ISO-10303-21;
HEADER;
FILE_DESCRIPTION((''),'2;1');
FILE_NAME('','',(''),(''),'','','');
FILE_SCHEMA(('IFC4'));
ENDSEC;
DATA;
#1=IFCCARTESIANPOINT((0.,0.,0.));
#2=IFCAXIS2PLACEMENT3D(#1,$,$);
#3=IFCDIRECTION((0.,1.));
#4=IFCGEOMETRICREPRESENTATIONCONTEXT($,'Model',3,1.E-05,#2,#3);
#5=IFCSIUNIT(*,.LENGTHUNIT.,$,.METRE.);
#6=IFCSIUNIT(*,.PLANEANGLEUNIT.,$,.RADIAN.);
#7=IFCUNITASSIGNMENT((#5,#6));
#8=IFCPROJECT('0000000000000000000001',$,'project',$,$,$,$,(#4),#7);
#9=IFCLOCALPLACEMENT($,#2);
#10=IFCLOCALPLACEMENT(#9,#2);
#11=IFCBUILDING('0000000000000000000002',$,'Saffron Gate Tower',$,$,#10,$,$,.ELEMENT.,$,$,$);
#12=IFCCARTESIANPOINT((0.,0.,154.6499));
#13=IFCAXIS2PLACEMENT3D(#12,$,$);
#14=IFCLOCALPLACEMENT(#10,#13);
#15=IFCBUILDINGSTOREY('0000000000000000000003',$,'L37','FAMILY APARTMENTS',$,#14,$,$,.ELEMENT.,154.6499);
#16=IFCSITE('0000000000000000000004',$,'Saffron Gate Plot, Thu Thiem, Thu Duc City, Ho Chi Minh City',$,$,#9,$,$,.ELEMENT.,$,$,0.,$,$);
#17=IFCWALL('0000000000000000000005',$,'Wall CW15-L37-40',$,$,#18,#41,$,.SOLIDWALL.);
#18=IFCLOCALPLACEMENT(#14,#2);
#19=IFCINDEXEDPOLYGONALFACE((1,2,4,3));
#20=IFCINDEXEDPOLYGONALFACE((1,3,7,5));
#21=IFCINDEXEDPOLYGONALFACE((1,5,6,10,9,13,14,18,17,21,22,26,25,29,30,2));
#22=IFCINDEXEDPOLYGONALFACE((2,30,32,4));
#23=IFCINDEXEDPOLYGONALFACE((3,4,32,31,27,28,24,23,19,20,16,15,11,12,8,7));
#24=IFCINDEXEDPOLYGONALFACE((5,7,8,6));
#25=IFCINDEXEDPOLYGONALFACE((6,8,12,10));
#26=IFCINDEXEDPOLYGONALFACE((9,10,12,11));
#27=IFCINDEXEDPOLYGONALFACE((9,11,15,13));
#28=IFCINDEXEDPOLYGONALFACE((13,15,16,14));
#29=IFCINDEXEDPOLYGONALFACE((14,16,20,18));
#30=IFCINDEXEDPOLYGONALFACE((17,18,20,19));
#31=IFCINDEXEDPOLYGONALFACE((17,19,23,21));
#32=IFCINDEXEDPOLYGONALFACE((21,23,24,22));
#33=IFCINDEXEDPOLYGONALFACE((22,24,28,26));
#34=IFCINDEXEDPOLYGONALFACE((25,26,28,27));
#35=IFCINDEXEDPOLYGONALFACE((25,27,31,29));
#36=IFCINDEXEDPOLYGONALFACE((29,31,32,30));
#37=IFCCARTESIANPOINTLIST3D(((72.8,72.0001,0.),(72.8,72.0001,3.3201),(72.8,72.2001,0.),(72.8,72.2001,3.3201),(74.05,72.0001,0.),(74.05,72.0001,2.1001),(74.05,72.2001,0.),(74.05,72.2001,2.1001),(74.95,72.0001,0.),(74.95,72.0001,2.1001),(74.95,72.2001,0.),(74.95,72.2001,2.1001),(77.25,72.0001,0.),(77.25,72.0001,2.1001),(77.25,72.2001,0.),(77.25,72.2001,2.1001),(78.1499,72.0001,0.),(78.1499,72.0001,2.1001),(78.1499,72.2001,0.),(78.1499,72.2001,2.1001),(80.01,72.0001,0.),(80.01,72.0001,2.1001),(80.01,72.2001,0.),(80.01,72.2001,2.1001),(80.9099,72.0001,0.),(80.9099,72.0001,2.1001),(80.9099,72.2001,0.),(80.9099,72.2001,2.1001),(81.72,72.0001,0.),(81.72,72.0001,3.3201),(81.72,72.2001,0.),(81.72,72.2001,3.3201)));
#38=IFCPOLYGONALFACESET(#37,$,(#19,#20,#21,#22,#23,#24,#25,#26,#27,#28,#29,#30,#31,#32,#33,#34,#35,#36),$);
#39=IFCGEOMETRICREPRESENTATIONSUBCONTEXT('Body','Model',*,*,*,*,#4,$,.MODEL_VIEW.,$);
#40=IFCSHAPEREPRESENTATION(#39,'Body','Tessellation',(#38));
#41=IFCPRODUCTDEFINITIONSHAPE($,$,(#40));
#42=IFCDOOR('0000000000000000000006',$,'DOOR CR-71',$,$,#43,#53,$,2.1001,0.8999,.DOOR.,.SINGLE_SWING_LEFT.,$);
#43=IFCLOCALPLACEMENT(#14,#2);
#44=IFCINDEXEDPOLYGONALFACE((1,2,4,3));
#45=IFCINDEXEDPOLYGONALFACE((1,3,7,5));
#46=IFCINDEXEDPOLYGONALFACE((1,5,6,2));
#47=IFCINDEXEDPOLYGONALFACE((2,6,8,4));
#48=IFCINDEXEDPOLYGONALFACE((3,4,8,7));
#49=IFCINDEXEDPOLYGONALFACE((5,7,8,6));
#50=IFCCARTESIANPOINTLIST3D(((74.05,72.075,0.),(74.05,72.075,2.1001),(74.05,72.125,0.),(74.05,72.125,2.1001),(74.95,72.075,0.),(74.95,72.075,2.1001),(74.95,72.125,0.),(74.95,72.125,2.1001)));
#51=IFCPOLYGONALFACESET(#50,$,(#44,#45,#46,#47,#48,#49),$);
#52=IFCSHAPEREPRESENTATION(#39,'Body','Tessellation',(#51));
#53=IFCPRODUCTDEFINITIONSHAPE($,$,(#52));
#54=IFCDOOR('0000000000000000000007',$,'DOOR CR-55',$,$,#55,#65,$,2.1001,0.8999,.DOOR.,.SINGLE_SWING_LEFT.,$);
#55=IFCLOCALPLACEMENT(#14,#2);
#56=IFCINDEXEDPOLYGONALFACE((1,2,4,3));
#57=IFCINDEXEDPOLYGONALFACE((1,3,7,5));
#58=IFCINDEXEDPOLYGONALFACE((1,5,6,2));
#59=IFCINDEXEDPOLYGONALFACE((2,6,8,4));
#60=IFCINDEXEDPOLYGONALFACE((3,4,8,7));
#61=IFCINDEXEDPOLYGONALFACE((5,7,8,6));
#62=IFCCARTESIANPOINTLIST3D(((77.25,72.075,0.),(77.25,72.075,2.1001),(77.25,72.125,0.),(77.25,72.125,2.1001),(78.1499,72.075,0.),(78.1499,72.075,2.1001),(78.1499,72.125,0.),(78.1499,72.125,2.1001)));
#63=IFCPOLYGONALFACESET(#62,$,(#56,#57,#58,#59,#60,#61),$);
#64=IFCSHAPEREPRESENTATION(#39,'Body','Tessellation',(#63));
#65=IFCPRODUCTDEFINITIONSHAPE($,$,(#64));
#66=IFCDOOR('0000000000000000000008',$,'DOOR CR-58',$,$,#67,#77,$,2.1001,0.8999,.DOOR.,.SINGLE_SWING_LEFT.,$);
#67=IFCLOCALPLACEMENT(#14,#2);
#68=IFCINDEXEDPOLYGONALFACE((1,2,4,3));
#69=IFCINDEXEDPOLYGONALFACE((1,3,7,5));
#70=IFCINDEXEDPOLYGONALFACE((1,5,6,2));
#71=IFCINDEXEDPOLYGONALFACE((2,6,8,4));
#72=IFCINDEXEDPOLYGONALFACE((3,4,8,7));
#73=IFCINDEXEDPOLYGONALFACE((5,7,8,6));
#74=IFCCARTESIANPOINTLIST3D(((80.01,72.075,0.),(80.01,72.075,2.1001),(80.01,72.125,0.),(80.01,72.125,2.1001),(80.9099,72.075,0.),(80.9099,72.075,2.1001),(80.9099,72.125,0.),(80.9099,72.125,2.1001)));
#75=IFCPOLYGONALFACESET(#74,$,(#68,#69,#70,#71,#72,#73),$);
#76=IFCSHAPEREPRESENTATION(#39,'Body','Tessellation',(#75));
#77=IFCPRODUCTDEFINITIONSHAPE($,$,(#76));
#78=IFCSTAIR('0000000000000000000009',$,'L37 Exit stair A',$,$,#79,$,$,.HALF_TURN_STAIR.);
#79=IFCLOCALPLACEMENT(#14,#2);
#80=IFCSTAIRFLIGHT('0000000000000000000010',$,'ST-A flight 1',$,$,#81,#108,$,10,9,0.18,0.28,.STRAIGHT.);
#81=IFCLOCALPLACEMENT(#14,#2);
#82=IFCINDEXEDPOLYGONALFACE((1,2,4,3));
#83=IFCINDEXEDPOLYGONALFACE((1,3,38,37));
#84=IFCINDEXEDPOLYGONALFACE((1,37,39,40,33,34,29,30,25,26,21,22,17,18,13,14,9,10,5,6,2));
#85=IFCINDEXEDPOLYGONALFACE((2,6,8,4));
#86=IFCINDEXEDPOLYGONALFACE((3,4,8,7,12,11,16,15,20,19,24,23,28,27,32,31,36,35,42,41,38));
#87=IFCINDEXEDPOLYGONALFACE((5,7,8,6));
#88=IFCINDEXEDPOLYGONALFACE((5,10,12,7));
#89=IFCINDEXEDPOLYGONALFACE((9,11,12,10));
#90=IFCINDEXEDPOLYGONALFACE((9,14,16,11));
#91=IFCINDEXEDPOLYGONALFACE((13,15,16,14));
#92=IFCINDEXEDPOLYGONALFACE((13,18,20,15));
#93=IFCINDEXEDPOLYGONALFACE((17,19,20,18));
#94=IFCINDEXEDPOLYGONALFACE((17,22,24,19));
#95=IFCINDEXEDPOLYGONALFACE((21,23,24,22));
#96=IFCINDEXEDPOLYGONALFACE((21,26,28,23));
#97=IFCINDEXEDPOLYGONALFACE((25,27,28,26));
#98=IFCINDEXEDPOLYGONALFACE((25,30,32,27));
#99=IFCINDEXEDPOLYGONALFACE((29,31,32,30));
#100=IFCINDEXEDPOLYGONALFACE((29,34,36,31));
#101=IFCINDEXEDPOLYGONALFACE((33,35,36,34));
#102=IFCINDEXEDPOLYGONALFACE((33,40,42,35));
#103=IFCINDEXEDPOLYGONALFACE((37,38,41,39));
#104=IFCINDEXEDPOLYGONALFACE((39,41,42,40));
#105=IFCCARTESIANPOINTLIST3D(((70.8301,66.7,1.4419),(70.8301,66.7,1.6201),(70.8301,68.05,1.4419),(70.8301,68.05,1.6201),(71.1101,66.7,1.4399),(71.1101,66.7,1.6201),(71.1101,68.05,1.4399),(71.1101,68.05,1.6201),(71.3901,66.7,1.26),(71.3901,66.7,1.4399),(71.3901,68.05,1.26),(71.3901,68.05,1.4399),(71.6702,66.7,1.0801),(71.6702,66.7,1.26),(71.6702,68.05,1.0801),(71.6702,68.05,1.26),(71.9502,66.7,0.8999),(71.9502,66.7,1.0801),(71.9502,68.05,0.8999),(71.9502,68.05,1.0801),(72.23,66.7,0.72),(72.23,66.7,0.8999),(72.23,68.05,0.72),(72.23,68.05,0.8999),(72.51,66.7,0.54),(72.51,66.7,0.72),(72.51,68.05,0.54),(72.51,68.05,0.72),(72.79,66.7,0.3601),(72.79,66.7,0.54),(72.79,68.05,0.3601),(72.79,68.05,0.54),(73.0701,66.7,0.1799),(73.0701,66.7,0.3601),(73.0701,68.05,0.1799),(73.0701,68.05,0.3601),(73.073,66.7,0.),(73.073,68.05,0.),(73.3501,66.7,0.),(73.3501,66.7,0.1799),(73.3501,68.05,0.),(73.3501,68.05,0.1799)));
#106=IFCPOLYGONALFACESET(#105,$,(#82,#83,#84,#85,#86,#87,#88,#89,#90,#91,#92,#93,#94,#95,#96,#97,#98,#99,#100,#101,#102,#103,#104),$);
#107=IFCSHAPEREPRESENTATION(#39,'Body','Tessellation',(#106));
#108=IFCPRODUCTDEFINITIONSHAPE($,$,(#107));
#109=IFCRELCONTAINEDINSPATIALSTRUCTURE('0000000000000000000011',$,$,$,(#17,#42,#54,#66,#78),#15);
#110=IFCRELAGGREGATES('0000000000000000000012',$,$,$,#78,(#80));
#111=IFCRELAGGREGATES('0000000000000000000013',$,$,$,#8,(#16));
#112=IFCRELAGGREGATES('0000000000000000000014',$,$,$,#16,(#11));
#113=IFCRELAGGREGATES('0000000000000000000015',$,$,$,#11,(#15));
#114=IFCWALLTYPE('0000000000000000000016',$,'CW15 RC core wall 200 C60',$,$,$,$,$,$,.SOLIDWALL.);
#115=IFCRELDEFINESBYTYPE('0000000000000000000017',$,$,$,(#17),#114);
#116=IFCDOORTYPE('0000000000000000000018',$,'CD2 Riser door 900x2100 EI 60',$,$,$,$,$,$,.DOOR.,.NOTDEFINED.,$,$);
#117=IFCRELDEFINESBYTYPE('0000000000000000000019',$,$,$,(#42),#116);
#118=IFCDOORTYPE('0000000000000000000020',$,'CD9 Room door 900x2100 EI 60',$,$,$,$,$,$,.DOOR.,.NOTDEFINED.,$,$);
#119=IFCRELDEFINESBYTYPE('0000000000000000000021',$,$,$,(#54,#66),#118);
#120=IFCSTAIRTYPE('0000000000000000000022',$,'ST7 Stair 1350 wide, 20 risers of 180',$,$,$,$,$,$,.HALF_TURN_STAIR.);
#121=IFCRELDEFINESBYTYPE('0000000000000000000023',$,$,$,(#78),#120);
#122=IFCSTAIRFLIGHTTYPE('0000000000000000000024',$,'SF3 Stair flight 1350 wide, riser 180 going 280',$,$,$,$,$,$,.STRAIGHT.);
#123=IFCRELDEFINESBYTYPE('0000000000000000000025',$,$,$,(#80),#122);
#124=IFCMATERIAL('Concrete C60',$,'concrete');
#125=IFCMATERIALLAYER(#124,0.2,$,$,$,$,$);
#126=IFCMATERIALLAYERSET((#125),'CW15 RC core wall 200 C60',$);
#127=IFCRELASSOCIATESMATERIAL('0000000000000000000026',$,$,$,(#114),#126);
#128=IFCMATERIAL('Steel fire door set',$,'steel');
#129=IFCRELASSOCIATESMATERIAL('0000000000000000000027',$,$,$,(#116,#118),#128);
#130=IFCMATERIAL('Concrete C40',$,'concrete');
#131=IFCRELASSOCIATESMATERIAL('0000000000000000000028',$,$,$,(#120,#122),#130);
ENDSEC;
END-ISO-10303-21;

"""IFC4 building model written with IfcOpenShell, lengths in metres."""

from ifc_helpers import new_model, si_unit, direction, frame, frame_2d, origin, place, context, subcontext, project, spatial, polyline, rectangle, outline, extrude, material, layer, layer_set, type_object, element, fill, aggregate, save


model = new_model("IFC4")

# Units and contexts
model_context = context("Model", 3, precision=1e-05, world=origin(), true_north=direction((0.0, 1.0)))
body_context = subcontext(model_context, "Body", "Model", "MODEL_VIEW")
ifc_project = project(units=[si_unit("LENGTHUNIT", "METRE"), si_unit("PLANEANGLEUNIT", "RADIAN")], contexts=[model_context])

# Site, building, storey
site_placement = place(None, origin())
site = spatial("IfcSite", under=ifc_project, at=site_placement, Name="Saffron Gate Plot, Thu Thiem, Thu Duc City, Ho Chi Minh City", CompositionType="ELEMENT", RefElevation=0.0)
building_placement = place(site_placement, origin())
building = spatial("IfcBuilding", under=site, at=building_placement, Name="Saffron Gate Tower", CompositionType="ELEMENT")
storey_placement = place(building_placement, frame((0.0, 0.0, 154.6499)))
storey = spatial("IfcBuildingStorey", under=building, at=storey_placement, Name="L37", Description="FAMILY APARTMENTS", CompositionType="ELEMENT", Elevation=154.6499)

# Shared definitions
ifc_material_1 = material(Name="Concrete C60", Category="concrete")
ifc_material_2 = material(Name="Steel fire door set", Category="steel")
ifc_layer_1 = layer(ifc_material_1, 0.2)
ifc_layer_set_1 = layer_set([ifc_layer_1], Name="CW15 RC core wall 200 C60")
wall_type_1 = type_object("IfcWallType", Name="CW15 RC core wall 200 C60", PredefinedType="SOLIDWALL", material=ifc_layer_set_1)

# Wall, openings, doors
wall_1_placement = place(storey_placement, frame((72.8, 72.1001, 0.0), z_axis=(0.0, 0.0, 1.0), x_axis=(1.0, 0.0, 0.0)))
wall_1 = element("IfcWall", 1, at=wall_1_placement, inside=storey, type_object=wall_type_1, Name="Wall CW15-L37-40", PredefinedType="SOLIDWALL", context=body_context, shape_type="SweptSolid", body=[
    extrude(rectangle(XDim=8.9199, YDim=0.2, at=frame_2d((4.46, 0.0))), origin(), (0.0, 0.0, 1.0), 3.3201),
])
opening_1_placement = place(wall_1_placement, frame((1.25, 0.0, 0.0)))
opening_1 = element("IfcOpeningElement", 2, at=opening_1_placement, cuts=wall_1, PredefinedType="OPENING", context=body_context, shape_type="SweptSolid", body=[
    extrude(rectangle(XDim=0.8999, YDim=2.1001, at=frame_2d((0.45, 1.05))), frame((0.0, 0.1099, 0.0), z_axis=(0.0, -1.0, 0.0), x_axis=(1.0, 0.0, 0.0)), (0.0, 0.0, 1.0), 0.22),
])
opening_2_placement = place(wall_1_placement, frame((4.45, 0.0, 0.0)))
opening_2 = element("IfcOpeningElement", 3, at=opening_2_placement, cuts=wall_1, PredefinedType="OPENING", context=body_context, shape_type="SweptSolid", body=[
    extrude(rectangle(XDim=0.8999, YDim=2.1001, at=frame_2d((0.45, 1.05))), frame((0.0, 0.1099, 0.0), z_axis=(0.0, -1.0, 0.0), x_axis=(1.0, 0.0, 0.0)), (0.0, 0.0, 1.0), 0.22),
])
opening_3_placement = place(wall_1_placement, frame((7.21, 0.0, 0.0)))
opening_3 = element("IfcOpeningElement", 4, at=opening_3_placement, cuts=wall_1, PredefinedType="OPENING", context=body_context, shape_type="SweptSolid", body=[
    extrude(rectangle(XDim=0.8999, YDim=2.1001, at=frame_2d((0.45, 1.05))), frame((0.0, 0.1099, 0.0), z_axis=(0.0, -1.0, 0.0), x_axis=(1.0, 0.0, 0.0)), (0.0, 0.0, 1.0), 0.22),
])
door_type_1 = type_object("IfcDoorType", Name="CD2 Riser door 900x2100 EI 60", OperationType="NOTDEFINED", PredefinedType="DOOR", material=ifc_material_2)
door_1_placement = place(opening_1_placement, origin())
door_1 = element("IfcDoor", 5, at=door_1_placement, inside=storey, type_object=door_type_1, Name="DOOR CR-71", OperationType="SINGLE_SWING_LEFT", OverallHeight=2.1001, OverallWidth=0.8999, PredefinedType="DOOR", context=body_context, shape_type="SweptSolid", body=[
    extrude(rectangle(XDim=0.8999, YDim=2.1001, at=frame_2d((0.45, 1.05))), frame((0.0, 0.0249, 0.0), z_axis=(0.0, -1.0, 0.0), x_axis=(1.0, 0.0, 0.0)), (0.0, 0.0, 1.0), 0.05),
])
fill(opening_1, door_1)
door_type_2 = type_object("IfcDoorType", Name="CD9 Room door 900x2100 EI 60", OperationType="NOTDEFINED", PredefinedType="DOOR", material=ifc_material_2)
door_2_placement = place(opening_2_placement, origin())
door_2 = element("IfcDoor", 6, at=door_2_placement, inside=storey, type_object=door_type_2, Name="DOOR CR-55", OperationType="SINGLE_SWING_LEFT", OverallHeight=2.1001, OverallWidth=0.8999, PredefinedType="DOOR", context=body_context, shape_type="SweptSolid", body=[
    extrude(rectangle(XDim=0.8999, YDim=2.1001, at=frame_2d((0.45, 1.05))), frame((0.0, 0.0249, 0.0), z_axis=(0.0, -1.0, 0.0), x_axis=(1.0, 0.0, 0.0)), (0.0, 0.0, 1.0), 0.05),
])
fill(opening_2, door_2)
door_3_placement = place(opening_3_placement, origin())
door_3 = element("IfcDoor", 7, at=door_3_placement, inside=storey, type_object=door_type_2, Name="DOOR CR-58", OperationType="SINGLE_SWING_LEFT", OverallHeight=2.1001, OverallWidth=0.8999, PredefinedType="DOOR", context=body_context, shape_type="SweptSolid", body=[
    extrude(rectangle(XDim=0.8999, YDim=2.1001, at=frame_2d((0.45, 1.05))), frame((0.0, 0.0249, 0.0), z_axis=(0.0, -1.0, 0.0), x_axis=(1.0, 0.0, 0.0)), (0.0, 0.0, 1.0), 0.05),
])
fill(opening_3, door_3)

# Stair, stair flight
ifc_material_3 = material(Name="Concrete C40", Category="concrete")
stair_type = type_object("IfcStairType", Name="ST7 Stair 1350 wide, 20 risers of 180", PredefinedType="HALF_TURN_STAIR", material=ifc_material_3)
stair_placement = place(storey_placement, origin())
stair = element("IfcStair", 8, at=stair_placement, inside=storey, type_object=stair_type, Name="L37 Exit stair A", PredefinedType="HALF_TURN_STAIR")
stair_flight_type = type_object("IfcStairFlightType", Name="SF3 Stair flight 1350 wide, riser 180 going 280", PredefinedType="STRAIGHT", material=ifc_material_3)
stair_flight_placement = place(storey_placement, frame((73.3501, 67.375, 0.0), z_axis=(0.0, 0.0, 1.0), x_axis=(-1.0, 0.0, 0.0)))
stair_flight = element("IfcStairFlight", 9, at=stair_flight_placement, type_object=stair_flight_type, Name="ST-A flight 1", NumberOfRisers=10, NumberOfTreads=9, PredefinedType="STRAIGHT", RiserHeight=0.18, TreadLength=0.28, context=body_context, shape_type="SweptSolid", body=[
    extrude(outline(polyline([(0.0, 0.0), (0.0, 0.1799), (0.28, 0.1799), (0.28, 0.3601), (0.5601, 0.3601), (0.5601, 0.54), (0.8401, 0.54), (0.8401, 0.72), (1.1201, 0.72), (1.1201, 0.8999), (1.3999, 0.8999), (1.3999, 1.0801), (1.6799, 1.0801), (1.6799, 1.26), (1.96, 1.26), (1.96, 1.4399), (2.24, 1.4399), (2.24, 1.6201), (2.52, 1.6201), (2.52, 1.8), (2.52, 1.4419), (0.2771, 0.0), (0.0, 0.0)])), frame((0.0, 0.675, 0.0), z_axis=(0.0, -1.0, 0.0), x_axis=(1.0, 0.0, 0.0)), (0.0, 0.0, 1.0), 1.3501),
])
aggregate(stair, [stair_flight])

save(model, "model.ifc")
